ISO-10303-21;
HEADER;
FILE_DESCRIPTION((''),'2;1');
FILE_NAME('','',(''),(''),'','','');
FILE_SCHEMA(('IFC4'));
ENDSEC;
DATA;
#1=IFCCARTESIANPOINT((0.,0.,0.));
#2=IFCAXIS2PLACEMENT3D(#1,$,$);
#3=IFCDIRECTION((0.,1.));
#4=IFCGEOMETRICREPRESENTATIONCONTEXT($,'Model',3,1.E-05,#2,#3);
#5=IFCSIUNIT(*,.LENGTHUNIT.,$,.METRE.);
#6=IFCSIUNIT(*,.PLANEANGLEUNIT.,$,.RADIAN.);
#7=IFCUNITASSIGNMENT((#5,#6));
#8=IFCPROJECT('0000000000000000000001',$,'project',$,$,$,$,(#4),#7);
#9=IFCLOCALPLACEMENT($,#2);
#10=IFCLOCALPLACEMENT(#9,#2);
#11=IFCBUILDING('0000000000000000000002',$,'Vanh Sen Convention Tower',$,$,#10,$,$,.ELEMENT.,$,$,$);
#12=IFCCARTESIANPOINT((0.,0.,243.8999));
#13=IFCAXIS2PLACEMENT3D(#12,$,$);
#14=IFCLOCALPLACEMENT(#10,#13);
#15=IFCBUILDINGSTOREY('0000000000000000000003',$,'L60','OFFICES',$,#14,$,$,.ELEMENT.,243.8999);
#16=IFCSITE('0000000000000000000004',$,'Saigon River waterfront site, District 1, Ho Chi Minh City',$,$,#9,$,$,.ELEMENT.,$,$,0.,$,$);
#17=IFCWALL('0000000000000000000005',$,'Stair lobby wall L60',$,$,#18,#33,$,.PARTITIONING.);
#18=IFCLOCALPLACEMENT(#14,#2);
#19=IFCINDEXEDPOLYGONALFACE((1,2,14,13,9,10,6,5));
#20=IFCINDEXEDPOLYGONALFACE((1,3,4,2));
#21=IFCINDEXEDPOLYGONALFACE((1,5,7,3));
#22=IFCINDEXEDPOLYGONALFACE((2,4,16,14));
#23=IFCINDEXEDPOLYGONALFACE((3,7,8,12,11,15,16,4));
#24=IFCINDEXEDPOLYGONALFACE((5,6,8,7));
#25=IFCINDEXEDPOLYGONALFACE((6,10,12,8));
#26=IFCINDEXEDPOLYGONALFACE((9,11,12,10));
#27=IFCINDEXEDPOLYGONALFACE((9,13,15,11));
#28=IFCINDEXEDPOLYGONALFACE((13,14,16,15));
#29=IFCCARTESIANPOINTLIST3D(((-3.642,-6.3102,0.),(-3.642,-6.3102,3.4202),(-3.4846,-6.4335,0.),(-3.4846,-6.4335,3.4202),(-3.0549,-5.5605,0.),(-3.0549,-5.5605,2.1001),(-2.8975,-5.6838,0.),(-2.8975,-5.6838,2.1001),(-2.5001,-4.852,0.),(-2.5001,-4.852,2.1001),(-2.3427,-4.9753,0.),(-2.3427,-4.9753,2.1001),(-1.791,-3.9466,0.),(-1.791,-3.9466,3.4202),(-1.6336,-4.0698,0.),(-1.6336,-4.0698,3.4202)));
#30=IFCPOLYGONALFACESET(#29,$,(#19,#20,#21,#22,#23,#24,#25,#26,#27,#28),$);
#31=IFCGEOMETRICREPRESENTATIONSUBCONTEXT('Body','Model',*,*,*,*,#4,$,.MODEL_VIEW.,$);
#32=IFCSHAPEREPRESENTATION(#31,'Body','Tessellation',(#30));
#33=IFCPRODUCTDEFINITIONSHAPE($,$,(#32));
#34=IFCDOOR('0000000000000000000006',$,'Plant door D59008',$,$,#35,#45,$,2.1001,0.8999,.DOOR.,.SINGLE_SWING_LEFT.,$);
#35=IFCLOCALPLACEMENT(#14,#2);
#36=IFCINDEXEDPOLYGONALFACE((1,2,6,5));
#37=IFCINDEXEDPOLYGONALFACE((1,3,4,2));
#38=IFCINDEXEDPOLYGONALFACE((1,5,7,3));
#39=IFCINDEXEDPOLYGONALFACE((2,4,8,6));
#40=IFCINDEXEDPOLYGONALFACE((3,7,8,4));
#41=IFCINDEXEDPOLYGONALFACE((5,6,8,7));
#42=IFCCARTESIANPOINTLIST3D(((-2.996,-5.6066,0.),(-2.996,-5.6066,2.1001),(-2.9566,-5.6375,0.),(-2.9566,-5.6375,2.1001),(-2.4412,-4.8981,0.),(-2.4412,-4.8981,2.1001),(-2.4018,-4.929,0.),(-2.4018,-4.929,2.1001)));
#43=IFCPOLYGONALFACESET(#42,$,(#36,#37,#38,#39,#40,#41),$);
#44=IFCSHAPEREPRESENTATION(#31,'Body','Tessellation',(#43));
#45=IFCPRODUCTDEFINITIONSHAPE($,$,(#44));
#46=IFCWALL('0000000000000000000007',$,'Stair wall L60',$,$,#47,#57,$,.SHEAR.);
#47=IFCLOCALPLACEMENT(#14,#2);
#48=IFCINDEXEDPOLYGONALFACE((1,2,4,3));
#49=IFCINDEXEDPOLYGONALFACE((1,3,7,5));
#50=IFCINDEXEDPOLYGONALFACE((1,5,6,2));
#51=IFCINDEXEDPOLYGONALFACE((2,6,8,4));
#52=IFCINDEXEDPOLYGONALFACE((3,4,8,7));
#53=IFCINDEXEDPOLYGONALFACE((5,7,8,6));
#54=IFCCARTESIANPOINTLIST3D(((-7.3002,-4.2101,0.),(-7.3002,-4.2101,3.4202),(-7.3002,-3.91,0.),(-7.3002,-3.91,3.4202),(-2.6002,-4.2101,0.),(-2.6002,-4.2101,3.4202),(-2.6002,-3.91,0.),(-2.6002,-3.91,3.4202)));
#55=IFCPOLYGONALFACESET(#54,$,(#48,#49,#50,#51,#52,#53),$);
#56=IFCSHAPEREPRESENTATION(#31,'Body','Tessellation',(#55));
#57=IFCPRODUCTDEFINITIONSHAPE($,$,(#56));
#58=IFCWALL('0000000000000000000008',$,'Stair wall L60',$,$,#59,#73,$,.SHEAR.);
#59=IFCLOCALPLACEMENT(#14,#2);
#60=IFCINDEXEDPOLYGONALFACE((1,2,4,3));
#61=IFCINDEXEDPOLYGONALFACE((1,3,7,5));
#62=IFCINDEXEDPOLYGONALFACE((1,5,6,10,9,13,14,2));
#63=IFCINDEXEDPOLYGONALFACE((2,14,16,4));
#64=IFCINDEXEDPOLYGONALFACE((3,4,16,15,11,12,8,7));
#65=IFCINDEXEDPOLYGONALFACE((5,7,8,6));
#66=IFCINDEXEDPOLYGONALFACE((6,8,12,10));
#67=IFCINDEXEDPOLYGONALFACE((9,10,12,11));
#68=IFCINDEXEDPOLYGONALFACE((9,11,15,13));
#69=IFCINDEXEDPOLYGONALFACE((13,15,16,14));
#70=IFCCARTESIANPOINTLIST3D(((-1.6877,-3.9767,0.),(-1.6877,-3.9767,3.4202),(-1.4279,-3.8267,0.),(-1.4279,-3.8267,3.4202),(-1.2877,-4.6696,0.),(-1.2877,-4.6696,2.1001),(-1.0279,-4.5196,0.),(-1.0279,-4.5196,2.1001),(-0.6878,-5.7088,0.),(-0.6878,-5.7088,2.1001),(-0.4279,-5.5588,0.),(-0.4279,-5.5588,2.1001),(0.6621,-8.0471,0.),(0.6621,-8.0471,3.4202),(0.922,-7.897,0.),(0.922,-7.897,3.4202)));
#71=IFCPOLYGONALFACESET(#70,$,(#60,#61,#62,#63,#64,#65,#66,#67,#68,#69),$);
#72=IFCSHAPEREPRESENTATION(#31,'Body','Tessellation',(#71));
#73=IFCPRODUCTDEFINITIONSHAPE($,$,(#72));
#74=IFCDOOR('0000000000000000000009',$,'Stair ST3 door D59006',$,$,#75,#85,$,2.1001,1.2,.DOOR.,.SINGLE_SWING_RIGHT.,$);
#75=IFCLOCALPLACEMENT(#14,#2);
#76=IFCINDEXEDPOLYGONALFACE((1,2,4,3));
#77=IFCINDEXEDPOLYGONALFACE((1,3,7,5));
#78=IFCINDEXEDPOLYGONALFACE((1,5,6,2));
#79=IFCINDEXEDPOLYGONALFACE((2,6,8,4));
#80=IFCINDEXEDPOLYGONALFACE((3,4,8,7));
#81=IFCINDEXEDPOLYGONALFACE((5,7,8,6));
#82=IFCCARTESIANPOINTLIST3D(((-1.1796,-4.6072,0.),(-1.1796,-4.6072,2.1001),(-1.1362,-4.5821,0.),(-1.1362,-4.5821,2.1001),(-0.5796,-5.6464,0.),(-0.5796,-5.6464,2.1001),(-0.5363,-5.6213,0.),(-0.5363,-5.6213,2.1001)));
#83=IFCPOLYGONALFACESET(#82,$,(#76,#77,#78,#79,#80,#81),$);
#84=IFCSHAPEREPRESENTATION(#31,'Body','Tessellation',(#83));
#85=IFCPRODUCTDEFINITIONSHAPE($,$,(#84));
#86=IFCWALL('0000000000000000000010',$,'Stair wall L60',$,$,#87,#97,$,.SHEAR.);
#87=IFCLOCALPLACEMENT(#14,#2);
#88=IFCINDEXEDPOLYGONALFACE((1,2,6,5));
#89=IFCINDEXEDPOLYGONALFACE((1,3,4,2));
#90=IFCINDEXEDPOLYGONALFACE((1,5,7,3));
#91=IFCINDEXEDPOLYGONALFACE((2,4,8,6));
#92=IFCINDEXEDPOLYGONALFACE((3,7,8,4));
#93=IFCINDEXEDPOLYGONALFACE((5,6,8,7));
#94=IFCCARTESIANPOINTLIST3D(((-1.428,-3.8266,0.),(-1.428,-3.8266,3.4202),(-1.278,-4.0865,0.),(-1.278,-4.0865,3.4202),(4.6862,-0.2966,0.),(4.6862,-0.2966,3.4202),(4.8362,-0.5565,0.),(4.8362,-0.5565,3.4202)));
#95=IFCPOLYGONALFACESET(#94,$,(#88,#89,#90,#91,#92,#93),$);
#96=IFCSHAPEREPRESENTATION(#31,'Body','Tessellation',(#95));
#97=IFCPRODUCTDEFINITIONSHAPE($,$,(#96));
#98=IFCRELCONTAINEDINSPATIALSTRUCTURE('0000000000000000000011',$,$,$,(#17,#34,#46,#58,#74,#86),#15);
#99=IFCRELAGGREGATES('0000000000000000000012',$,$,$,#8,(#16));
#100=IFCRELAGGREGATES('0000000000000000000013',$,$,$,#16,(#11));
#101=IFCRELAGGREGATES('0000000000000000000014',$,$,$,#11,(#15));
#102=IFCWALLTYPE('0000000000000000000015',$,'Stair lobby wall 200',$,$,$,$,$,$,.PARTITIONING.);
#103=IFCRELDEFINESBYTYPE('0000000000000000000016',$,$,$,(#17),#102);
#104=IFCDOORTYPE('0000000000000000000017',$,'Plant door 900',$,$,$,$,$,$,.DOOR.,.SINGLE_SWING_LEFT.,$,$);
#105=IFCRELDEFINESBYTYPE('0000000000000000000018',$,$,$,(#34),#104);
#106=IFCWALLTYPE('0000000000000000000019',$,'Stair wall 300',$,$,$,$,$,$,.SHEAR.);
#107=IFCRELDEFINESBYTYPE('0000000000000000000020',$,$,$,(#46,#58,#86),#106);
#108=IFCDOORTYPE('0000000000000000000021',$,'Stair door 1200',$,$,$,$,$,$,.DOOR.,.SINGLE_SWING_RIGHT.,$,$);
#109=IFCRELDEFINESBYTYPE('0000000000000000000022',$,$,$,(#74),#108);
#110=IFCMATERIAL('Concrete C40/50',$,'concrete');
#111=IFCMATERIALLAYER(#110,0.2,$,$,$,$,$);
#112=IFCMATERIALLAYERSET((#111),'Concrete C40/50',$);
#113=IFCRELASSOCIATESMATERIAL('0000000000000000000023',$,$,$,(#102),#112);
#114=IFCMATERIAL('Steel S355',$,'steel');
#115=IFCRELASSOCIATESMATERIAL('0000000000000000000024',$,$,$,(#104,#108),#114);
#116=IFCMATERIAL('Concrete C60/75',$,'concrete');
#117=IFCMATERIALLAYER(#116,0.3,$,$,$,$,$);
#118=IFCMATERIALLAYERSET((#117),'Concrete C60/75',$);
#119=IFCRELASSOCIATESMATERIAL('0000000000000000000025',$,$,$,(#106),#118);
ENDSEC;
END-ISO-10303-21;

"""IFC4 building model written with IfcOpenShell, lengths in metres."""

from ifc_helpers import new_model, si_unit, direction, frame, frame_2d, origin, place, context, subcontext, project, spatial, rectangle, extrude, material, layer, layer_set, type_object, element, fill, save


model = new_model("IFC4")

# Units and contexts
model_context = context("Model", 3, precision=1e-05, world=origin(), true_north=direction((0.0, 1.0)))
body_context = subcontext(model_context, "Body", "Model", "MODEL_VIEW")
ifc_project = project(units=[si_unit("LENGTHUNIT", "METRE"), si_unit("PLANEANGLEUNIT", "RADIAN")], contexts=[model_context])

# Site, building, storey
site_placement = place(None, origin())
site = spatial("IfcSite", under=ifc_project, at=site_placement, Name="Saigon River waterfront site, District 1, Ho Chi Minh City", CompositionType="ELEMENT", RefElevation=0.0)
building_placement = place(site_placement, origin())
building = spatial("IfcBuilding", under=site, at=building_placement, Name="Vanh Sen Convention Tower", CompositionType="ELEMENT")
storey_placement = place(building_placement, frame((0.0, 0.0, 243.8999)))
storey = spatial("IfcBuildingStorey", under=building, at=storey_placement, Name="L60", Description="OFFICES", CompositionType="ELEMENT", Elevation=243.8999)

# Shared definitions
ifc_material_1 = material(Name="Concrete C60/75", Category="concrete")
ifc_material_2 = material(Name="Steel S355", Category="steel")

# Shared definitions
ifc_material_3 = material(Name="Concrete C40/50", Category="concrete")

# Wall, opening, door
ifc_layer_1 = layer(ifc_material_3, 0.2)
ifc_layer_set_1 = layer_set([ifc_layer_1], Name="Concrete C40/50")
wall_type_1 = type_object("IfcWallType", Name="Stair lobby wall 200", PredefinedType="PARTITIONING", material=ifc_layer_set_1)
wall_1_placement = place(storey_placement, frame((-1.7124, -4.0083, 0.0), z_axis=(0.0, 0.0, 1.0), x_axis=(-0.616549, -0.787316, 0.0)))
wall_1 = element("IfcWall", 1, at=wall_1_placement, inside=storey, type_object=wall_type_1, Name="Stair lobby wall L60", PredefinedType="PARTITIONING", context=body_context, shape_type="SweptSolid", body=[
    extrude(rectangle(XDim=3.0022, YDim=0.2, at=frame_2d((1.501, 0.0))), origin(), (0.0, 0.0, 1.0), 3.4202),
])
opening_1_placement = place(wall_1_placement, frame((1.1499, 0.0, 0.0)))
opening_1 = element("IfcOpeningElement", 2, at=opening_1_placement, cuts=wall_1, PredefinedType="OPENING", context=body_context, shape_type="SweptSolid", body=[
    extrude(rectangle(XDim=0.8999, YDim=2.1001, at=frame_2d((0.45, 1.05))), frame((0.0, 0.1099, 0.0), z_axis=(0.0, -1.0, 0.0), x_axis=(1.0, 0.0, 0.0)), (0.0, 0.0, 1.0), 0.22),
])
door_type_1 = type_object("IfcDoorType", Name="Plant door 900", OperationType="SINGLE_SWING_LEFT", PredefinedType="DOOR", material=ifc_material_2)
door_1_placement = place(opening_1_placement, origin())
door_1 = element("IfcDoor", 3, at=door_1_placement, inside=storey, type_object=door_type_1, Name="Plant door D59008", OperationType="SINGLE_SWING_LEFT", OverallHeight=2.1001, OverallWidth=0.8999, PredefinedType="DOOR", context=body_context, shape_type="SweptSolid", body=[
    extrude(rectangle(XDim=0.8999, YDim=2.1001, at=frame_2d((0.45, 1.05))), frame((0.0, 0.0249, 0.0), z_axis=(0.0, -1.0, 0.0), x_axis=(1.0, 0.0, 0.0)), (0.0, 0.0, 1.0), 0.05),
])
fill(opening_1, door_1)

# Wall
ifc_layer_2 = layer(ifc_material_1, 0.3)
ifc_layer_set_2 = layer_set([ifc_layer_2], Name="Concrete C60/75")
wall_type_2 = type_object("IfcWallType", Name="Stair wall 300", PredefinedType="SHEAR", material=ifc_layer_set_2)
wall_2_placement = place(storey_placement, frame((-2.6001, -4.0601, 0.0), z_axis=(0.0, 0.0, 1.0), x_axis=(-1.0, 0.0, 0.0)))
element("IfcWall", 4, at=wall_2_placement, inside=storey, type_object=wall_type_2, Name="Stair wall L60", PredefinedType="SHEAR", context=body_context, shape_type="SweptSolid", body=[
    extrude(rectangle(XDim=4.7, YDim=0.3, at=frame_2d((2.3501, 0.0))), origin(), (0.0, 0.0, 1.0), 3.4202),
])

# Wall, opening, door
wall_3_placement = place(storey_placement, frame((-1.5579, -3.9016, 0.0), z_axis=(0.0, 0.0, 1.0), x_axis=(0.499977, -0.866039, 0.0)))
wall_3 = element("IfcWall", 5, at=wall_3_placement, inside=storey, type_object=wall_type_2, Name="Stair wall L60", PredefinedType="SHEAR", context=body_context, shape_type="SweptSolid", body=[
    extrude(rectangle(XDim=4.7, YDim=0.3, at=frame_2d((2.3501, 0.0))), origin(), (0.0, 0.0, 1.0), 3.4202),
])
opening_2_placement = place(wall_3_placement, frame((0.8, 0.0, 0.0)))
opening_2 = element("IfcOpeningElement", 6, at=opening_2_placement, cuts=wall_3, PredefinedType="OPENING", context=body_context, shape_type="SweptSolid", body=[
    extrude(rectangle(XDim=1.2, YDim=2.1001, at=frame_2d((0.6001, 1.05))), frame((0.0, 0.1599, 0.0), z_axis=(0.0, -1.0, 0.0), x_axis=(1.0, 0.0, 0.0)), (0.0, 0.0, 1.0), 0.3201),
])
door_type_2 = type_object("IfcDoorType", Name="Stair door 1200", OperationType="SINGLE_SWING_RIGHT", PredefinedType="DOOR", material=ifc_material_2)
door_2_placement = place(opening_2_placement, origin())
door_2 = element("IfcDoor", 7, at=door_2_placement, inside=storey, type_object=door_type_2, Name="Stair ST3 door D59006", OperationType="SINGLE_SWING_RIGHT", OverallHeight=2.1001, OverallWidth=1.2, PredefinedType="DOOR", context=body_context, shape_type="SweptSolid", body=[
    extrude(rectangle(XDim=1.2, YDim=2.1001, at=frame_2d((0.6001, 1.05))), frame((0.0, 0.0249, 0.0), z_axis=(0.0, -1.0, 0.0), x_axis=(1.0, 0.0, 0.0)), (0.0, 0.0, 1.0), 0.05),
])
fill(opening_2, door_2)

# Wall
wall_4_placement = place(storey_placement, frame((-1.353, -3.9565, 0.0), z_axis=(0.0, 0.0, 1.0), x_axis=(0.866028, 0.499996, 0.0)))
element("IfcWall", 8, at=wall_4_placement, inside=storey, type_object=wall_type_2, Name="Stair wall L60", PredefinedType="SHEAR", context=body_context, shape_type="SweptSolid", body=[
    extrude(rectangle(XDim=7.0601, YDim=0.3, at=frame_2d((3.53, 0.0))), origin(), (0.0, 0.0, 1.0), 3.4202),
])

save(model, "model.ifc")
